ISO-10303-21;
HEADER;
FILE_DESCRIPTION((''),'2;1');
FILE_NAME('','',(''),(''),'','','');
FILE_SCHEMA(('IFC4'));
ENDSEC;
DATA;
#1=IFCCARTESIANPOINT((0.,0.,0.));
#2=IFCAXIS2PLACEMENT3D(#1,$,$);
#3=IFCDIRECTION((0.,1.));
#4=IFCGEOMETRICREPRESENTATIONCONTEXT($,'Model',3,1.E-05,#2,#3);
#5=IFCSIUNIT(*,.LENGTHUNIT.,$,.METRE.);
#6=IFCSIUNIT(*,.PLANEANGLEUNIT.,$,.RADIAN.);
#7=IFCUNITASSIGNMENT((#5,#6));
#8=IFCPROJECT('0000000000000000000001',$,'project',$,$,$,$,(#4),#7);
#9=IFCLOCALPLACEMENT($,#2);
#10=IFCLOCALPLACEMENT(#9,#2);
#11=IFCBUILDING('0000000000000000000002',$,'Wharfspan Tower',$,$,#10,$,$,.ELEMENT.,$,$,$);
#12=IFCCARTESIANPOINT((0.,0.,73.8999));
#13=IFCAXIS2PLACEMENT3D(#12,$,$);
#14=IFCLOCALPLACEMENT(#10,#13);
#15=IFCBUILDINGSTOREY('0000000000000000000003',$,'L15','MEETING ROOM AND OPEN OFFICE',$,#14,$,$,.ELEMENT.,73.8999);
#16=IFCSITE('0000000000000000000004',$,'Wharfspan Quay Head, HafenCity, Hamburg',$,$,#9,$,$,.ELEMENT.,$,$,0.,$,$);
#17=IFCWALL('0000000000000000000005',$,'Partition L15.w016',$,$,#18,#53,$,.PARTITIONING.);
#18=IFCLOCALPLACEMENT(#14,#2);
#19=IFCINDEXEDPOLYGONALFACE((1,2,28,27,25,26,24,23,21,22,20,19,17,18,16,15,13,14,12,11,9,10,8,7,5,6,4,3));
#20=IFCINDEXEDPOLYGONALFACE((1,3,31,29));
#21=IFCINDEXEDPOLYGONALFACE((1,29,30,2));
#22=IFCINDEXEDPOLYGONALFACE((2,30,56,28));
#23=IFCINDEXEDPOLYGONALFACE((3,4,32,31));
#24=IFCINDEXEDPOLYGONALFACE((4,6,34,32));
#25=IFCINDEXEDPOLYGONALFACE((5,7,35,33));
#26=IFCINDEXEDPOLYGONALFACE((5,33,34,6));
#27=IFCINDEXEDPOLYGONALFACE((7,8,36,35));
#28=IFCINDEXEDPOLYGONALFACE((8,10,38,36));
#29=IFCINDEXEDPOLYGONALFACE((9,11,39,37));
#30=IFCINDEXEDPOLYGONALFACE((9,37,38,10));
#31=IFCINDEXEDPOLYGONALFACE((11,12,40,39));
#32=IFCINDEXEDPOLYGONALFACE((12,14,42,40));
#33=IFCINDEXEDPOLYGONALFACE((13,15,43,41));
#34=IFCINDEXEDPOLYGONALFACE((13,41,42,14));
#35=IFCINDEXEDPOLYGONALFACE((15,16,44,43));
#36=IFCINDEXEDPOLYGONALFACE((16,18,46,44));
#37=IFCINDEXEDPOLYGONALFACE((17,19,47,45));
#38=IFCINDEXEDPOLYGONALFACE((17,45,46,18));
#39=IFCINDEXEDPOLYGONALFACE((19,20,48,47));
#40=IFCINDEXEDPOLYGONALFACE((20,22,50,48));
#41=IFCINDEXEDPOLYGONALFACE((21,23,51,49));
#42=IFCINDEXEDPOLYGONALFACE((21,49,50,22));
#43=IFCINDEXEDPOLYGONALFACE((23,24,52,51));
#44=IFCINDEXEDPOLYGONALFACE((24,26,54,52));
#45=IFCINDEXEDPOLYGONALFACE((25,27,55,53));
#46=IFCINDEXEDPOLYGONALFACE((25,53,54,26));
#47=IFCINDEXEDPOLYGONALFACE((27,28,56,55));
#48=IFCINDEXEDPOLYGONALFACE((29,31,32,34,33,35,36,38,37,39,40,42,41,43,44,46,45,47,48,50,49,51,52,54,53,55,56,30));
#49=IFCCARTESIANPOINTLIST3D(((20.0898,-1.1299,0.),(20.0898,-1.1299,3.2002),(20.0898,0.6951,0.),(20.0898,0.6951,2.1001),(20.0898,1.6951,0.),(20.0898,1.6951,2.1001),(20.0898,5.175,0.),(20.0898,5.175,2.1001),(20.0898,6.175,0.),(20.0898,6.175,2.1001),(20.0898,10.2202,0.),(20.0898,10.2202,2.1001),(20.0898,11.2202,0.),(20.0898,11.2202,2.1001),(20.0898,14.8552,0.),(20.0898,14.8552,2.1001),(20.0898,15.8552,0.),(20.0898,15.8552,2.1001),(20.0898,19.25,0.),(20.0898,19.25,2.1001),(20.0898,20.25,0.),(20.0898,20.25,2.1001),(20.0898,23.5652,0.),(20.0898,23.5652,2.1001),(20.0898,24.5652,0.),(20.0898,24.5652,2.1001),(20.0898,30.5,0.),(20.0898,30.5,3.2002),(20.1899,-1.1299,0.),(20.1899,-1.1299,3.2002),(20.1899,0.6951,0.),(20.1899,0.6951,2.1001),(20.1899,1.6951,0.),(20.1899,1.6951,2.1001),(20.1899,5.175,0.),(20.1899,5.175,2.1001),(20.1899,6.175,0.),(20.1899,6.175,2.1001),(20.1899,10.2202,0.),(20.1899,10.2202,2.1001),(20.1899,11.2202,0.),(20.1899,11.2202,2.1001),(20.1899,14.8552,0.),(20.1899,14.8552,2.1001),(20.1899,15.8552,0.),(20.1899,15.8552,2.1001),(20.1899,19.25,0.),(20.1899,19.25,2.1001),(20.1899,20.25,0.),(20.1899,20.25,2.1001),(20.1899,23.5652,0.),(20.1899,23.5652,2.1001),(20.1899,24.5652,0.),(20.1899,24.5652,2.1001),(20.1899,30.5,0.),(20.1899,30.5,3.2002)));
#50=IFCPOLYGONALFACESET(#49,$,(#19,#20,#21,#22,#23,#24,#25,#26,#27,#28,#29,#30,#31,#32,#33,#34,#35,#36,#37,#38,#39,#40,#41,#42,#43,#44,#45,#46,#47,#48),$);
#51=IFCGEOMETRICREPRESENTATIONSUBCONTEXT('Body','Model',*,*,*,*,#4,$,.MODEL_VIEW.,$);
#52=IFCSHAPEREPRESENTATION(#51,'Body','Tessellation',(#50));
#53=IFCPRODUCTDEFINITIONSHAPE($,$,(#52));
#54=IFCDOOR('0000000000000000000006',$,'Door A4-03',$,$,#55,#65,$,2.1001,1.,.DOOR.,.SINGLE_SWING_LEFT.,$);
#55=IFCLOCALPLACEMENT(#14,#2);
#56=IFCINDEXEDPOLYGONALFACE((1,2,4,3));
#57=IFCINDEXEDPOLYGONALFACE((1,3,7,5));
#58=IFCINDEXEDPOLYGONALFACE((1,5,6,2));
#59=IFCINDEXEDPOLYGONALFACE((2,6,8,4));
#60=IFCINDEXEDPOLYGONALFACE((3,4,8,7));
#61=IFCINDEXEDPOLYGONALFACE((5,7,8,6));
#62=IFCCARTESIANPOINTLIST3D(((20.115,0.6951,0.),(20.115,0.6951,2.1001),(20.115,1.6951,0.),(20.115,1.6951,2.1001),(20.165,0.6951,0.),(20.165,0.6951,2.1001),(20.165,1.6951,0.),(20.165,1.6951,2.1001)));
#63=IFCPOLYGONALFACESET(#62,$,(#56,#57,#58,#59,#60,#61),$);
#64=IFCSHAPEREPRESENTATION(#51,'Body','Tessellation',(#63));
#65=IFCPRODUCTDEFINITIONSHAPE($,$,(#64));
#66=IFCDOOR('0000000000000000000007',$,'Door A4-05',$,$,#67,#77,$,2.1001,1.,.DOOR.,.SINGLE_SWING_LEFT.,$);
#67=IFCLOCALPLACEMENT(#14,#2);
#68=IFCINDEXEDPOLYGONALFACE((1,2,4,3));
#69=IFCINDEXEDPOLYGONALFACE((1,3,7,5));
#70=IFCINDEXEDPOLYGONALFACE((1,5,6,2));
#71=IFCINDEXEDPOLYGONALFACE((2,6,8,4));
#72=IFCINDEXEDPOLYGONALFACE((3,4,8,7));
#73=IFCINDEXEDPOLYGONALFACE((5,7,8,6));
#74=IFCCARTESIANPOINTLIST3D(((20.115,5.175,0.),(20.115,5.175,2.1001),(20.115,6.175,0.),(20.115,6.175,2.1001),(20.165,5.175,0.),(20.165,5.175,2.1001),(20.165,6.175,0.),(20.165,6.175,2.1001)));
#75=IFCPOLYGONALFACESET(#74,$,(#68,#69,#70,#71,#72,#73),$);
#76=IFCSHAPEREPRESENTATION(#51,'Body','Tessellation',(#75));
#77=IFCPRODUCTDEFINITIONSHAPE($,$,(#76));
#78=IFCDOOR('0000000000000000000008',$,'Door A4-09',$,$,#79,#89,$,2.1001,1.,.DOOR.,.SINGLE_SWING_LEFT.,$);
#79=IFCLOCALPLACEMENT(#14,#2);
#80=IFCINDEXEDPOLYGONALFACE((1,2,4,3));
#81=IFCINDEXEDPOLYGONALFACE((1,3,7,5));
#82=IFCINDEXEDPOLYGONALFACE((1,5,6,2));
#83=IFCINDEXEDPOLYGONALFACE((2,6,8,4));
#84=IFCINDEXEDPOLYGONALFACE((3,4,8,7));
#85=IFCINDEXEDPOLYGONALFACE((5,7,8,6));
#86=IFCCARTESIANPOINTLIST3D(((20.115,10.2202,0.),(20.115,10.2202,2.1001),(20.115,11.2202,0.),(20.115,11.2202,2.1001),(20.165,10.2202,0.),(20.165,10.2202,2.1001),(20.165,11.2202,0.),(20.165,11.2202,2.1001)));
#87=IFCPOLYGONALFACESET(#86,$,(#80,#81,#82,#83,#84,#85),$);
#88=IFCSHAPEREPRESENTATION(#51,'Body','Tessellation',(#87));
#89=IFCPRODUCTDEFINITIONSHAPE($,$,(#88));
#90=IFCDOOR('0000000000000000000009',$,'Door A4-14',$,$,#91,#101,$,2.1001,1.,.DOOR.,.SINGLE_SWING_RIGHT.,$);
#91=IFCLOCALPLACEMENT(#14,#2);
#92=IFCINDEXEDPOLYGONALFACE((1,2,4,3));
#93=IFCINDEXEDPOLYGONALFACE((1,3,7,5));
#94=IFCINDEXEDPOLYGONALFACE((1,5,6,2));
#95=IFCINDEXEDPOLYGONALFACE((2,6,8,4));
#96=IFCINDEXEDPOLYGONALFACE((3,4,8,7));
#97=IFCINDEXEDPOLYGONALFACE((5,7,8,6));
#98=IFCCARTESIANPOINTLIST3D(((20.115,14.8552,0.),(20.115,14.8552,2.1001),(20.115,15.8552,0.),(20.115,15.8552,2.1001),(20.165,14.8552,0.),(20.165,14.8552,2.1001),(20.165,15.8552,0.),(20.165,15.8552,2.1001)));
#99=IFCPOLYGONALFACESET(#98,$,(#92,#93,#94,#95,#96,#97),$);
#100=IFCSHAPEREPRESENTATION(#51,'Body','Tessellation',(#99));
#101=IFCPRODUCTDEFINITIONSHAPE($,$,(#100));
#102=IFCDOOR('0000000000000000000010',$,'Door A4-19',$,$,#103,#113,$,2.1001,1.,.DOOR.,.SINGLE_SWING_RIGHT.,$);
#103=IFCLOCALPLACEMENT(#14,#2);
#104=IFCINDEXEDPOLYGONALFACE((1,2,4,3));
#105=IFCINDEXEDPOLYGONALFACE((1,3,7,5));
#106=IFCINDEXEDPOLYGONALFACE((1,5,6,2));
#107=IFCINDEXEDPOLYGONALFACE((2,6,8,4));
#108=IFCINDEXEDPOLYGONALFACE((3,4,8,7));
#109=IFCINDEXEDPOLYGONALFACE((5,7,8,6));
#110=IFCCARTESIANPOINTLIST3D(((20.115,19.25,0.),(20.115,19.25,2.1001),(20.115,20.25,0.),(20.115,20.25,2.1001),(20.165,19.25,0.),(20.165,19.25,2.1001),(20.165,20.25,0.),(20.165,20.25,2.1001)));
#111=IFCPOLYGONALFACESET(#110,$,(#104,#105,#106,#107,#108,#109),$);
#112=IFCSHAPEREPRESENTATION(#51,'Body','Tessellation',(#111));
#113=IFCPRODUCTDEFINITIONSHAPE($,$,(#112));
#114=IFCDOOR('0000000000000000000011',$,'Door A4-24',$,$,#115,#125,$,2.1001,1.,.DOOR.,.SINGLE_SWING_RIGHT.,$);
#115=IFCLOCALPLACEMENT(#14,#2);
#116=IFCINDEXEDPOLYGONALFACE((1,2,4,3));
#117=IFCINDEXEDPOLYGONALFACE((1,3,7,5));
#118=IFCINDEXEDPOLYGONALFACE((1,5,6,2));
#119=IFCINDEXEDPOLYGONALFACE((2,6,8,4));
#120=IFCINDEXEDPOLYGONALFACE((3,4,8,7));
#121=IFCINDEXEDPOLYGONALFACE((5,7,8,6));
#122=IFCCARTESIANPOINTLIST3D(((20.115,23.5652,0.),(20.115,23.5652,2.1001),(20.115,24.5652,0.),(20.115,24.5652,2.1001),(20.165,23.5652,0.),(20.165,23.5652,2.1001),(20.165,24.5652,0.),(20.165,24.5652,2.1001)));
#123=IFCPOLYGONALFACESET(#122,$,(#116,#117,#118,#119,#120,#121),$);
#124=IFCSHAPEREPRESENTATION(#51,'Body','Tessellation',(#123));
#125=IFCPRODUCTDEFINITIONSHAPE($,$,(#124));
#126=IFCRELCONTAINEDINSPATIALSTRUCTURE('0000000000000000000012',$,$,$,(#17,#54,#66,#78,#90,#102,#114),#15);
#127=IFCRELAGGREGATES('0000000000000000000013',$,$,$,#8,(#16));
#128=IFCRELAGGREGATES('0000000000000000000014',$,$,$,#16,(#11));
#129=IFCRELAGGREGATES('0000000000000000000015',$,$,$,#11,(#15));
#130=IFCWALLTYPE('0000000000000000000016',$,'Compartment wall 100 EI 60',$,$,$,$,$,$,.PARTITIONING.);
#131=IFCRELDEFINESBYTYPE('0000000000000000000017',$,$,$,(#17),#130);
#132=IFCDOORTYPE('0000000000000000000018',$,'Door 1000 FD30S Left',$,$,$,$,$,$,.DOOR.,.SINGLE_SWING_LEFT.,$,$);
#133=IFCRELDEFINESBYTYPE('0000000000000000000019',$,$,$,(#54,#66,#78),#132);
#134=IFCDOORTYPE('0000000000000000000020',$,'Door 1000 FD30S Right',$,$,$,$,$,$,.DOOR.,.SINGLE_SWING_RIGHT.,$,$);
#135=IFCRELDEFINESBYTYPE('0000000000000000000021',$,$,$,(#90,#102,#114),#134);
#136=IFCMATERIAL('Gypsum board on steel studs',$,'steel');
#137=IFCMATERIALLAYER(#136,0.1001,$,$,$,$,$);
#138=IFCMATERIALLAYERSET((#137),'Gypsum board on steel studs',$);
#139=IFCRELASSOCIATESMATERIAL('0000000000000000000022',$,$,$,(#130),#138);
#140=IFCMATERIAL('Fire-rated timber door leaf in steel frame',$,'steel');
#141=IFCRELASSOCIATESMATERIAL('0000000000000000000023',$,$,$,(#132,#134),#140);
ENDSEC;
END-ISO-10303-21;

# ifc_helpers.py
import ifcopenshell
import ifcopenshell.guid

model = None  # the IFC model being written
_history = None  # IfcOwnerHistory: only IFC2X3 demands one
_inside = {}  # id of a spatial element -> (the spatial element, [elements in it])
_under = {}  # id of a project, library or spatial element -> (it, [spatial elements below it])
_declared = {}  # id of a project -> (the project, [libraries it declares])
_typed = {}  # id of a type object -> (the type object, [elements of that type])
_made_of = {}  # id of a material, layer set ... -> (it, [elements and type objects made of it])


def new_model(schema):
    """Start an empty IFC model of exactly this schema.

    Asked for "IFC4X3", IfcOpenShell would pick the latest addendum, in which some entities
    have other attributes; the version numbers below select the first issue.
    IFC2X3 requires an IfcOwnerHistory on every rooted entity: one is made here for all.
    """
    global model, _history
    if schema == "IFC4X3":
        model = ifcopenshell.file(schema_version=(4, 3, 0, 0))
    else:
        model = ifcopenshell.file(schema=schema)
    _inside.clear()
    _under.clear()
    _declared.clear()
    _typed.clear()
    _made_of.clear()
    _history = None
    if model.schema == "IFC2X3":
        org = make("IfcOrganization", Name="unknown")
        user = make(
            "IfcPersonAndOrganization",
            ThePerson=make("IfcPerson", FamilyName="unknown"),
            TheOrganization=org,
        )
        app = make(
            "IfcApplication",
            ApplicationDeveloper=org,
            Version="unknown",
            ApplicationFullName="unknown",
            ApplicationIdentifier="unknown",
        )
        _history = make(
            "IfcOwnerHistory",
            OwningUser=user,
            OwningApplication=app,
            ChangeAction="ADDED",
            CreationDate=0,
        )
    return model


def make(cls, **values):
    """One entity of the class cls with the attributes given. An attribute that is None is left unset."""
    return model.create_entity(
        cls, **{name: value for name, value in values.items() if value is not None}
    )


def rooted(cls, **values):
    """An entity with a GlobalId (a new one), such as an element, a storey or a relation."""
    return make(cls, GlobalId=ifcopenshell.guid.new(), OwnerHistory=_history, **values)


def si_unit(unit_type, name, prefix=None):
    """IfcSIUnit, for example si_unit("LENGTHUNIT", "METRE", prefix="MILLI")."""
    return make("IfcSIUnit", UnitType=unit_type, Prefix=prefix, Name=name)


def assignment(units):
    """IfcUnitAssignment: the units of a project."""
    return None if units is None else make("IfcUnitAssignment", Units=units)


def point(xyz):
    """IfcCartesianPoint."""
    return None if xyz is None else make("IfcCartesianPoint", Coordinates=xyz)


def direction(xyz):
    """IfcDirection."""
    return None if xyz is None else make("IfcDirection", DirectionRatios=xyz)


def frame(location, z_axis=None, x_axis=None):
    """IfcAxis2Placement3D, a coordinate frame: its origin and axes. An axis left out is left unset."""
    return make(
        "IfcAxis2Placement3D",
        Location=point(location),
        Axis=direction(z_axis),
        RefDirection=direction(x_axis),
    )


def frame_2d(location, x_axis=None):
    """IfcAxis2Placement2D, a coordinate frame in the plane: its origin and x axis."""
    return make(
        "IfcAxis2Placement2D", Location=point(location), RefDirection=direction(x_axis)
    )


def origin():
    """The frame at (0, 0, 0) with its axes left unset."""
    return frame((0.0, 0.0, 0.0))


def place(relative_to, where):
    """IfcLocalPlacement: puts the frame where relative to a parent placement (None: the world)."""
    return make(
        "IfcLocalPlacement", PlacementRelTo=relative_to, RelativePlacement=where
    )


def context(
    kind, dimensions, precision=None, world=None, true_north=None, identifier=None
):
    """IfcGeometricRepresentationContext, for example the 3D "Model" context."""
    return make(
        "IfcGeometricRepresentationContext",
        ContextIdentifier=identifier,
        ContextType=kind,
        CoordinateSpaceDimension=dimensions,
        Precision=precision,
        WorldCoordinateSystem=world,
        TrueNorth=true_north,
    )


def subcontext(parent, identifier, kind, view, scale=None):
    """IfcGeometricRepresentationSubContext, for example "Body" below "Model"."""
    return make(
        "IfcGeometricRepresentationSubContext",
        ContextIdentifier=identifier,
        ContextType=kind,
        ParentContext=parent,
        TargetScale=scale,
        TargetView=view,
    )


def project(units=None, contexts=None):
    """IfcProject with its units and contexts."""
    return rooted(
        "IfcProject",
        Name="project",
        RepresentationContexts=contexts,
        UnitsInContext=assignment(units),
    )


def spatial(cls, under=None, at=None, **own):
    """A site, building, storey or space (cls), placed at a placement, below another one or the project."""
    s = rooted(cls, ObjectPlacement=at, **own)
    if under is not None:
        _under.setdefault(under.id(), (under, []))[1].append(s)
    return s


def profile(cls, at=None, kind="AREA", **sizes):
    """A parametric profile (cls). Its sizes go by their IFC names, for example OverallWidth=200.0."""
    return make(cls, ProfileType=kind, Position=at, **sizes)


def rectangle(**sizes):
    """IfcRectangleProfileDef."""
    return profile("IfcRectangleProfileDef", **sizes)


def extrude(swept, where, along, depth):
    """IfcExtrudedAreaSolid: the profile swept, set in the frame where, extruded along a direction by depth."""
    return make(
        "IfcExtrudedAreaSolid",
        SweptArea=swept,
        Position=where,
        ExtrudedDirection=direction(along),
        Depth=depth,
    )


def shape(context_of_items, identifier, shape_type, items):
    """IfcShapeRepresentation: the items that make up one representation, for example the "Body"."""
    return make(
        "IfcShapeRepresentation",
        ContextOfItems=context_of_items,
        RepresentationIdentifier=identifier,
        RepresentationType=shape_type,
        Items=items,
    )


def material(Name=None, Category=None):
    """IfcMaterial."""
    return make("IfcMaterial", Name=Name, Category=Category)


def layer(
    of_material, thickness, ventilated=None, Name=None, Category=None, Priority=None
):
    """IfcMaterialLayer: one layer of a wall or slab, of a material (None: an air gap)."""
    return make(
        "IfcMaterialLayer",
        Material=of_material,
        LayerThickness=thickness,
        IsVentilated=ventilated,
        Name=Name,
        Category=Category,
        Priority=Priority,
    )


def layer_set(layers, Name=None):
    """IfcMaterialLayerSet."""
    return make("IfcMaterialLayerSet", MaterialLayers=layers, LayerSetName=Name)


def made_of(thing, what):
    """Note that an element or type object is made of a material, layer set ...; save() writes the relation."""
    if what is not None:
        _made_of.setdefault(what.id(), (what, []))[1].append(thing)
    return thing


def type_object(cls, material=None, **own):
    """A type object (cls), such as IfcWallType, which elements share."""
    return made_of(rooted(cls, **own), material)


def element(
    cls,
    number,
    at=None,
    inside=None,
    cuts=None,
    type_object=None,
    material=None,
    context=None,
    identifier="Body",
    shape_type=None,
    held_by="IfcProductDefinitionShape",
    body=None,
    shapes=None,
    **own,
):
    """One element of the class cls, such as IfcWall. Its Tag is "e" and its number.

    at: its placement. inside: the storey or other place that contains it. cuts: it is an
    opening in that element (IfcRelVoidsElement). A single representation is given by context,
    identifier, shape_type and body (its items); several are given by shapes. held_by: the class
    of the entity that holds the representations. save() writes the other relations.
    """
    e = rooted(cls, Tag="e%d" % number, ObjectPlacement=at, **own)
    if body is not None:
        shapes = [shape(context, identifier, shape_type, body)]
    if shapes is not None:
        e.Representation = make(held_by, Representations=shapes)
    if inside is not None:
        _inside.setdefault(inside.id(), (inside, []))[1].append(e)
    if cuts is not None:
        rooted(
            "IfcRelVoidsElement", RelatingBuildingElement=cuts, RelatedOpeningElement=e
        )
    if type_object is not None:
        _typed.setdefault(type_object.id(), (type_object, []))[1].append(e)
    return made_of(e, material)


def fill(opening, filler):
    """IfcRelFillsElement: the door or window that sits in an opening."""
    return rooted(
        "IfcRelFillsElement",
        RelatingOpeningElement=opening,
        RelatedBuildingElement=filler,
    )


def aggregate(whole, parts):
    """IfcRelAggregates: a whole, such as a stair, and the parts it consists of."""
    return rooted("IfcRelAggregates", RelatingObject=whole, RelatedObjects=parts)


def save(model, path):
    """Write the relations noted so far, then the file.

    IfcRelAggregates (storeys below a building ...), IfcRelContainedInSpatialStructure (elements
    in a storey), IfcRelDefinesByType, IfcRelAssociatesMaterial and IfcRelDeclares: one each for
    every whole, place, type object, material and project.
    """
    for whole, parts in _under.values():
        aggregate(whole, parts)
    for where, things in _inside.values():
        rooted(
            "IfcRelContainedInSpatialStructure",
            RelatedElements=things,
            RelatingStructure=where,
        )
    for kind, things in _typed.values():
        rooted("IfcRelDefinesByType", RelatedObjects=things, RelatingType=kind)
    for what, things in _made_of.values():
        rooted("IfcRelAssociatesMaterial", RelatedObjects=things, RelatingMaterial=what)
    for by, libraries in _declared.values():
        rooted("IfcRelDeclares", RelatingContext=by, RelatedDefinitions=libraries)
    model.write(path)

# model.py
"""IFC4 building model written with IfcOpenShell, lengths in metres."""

from ifc_helpers import new_model, si_unit, direction, frame, frame_2d, origin, place, context, subcontext, project, spatial, rectangle, extrude, material, layer, layer_set, type_object, element, fill, save


model = new_model("IFC4")

# Units and contexts
model_context = context("Model", 3, precision=1e-05, world=origin(), true_north=direction((0.0, 1.0)))
body_context = subcontext(model_context, "Body", "Model", "MODEL_VIEW")
ifc_project = project(units=[si_unit("LENGTHUNIT", "METRE"), si_unit("PLANEANGLEUNIT", "RADIAN")], contexts=[model_context])

# Site, building, storey
site_placement = place(None, origin())
site = spatial("IfcSite", under=ifc_project, at=site_placement, Name="Wharfspan Quay Head, HafenCity, Hamburg", CompositionType="ELEMENT", RefElevation=0.0)
building_placement = place(site_placement, origin())
building = spatial("IfcBuilding", under=site, at=building_placement, Name="Wharfspan Tower", CompositionType="ELEMENT")
storey_placement = place(building_placement, frame((0.0, 0.0, 73.8999)))
storey = spatial("IfcBuildingStorey", under=building, at=storey_placement, Name="L15", Description="MEETING ROOM AND OPEN OFFICE", CompositionType="ELEMENT", Elevation=73.8999)

# Wall, openings, doors
ifc_material_1 = material(Name="Gypsum board on steel studs", Category="steel")
ifc_layer_1 = layer(ifc_material_1, 0.1001)
ifc_layer_set_1 = layer_set([ifc_layer_1], Name="Gypsum board on steel studs")
wall_type = type_object("IfcWallType", Name="Compartment wall 100 EI 60", PredefinedType="PARTITIONING", material=ifc_layer_set_1)
wall_1_placement = place(storey_placement, frame((20.1399, -1.1299, 0.0), z_axis=(0.0, 0.0, 1.0), x_axis=(0.0, 1.0, 0.0)))
wall_1 = element("IfcWall", 1, at=wall_1_placement, inside=storey, type_object=wall_type, Name="Partition L15.w016", PredefinedType="PARTITIONING", context=body_context, shape_type="SweptSolid", body=[
    extrude(rectangle(XDim=31.6299, YDim=0.1001, at=frame_2d((15.8149, 0.0))), origin(), (0.0, 0.0, 1.0), 3.2002),
])
opening_1_placement = place(wall_1_placement, frame((1.825, 0.0, 0.0)))
opening_1 = element("IfcOpeningElement", 2, at=opening_1_placement, cuts=wall_1, PredefinedType="OPENING", context=body_context, shape_type="SweptSolid", body=[
    extrude(rectangle(XDim=1.0, YDim=2.1001, at=frame_2d((0.5, 1.05))), frame((0.0, 0.0601, 0.0), z_axis=(0.0, -1.0, 0.0), x_axis=(1.0, 0.0, 0.0)), (0.0, 0.0, 1.0), 0.1201),
])
opening_2_placement = place(wall_1_placement, frame((6.3049, 0.0, 0.0)))
opening_2 = element("IfcOpeningElement", 3, at=opening_2_placement, cuts=wall_1, PredefinedType="OPENING", context=body_context, shape_type="SweptSolid", body=[
    extrude(rectangle(XDim=1.0, YDim=2.1001, at=frame_2d((0.5, 1.05))), frame((0.0, 0.0601, 0.0), z_axis=(0.0, -1.0, 0.0), x_axis=(1.0, 0.0, 0.0)), (0.0, 0.0, 1.0), 0.1201),
])
opening_3_placement = place(wall_1_placement, frame((11.3501, 0.0, 0.0)))
opening_3 = element("IfcOpeningElement", 4, at=opening_3_placement, cuts=wall_1, PredefinedType="OPENING", context=body_context, shape_type="SweptSolid", body=[
    extrude(rectangle(XDim=1.0, YDim=2.1001, at=frame_2d((0.5, 1.05))), frame((0.0, 0.0601, 0.0), z_axis=(0.0, -1.0, 0.0), x_axis=(1.0, 0.0, 0.0)), (0.0, 0.0, 1.0), 0.1201),
])
opening_4_placement = place(wall_1_placement, frame((15.9851, 0.0, 0.0)))
opening_4 = element("IfcOpeningElement", 5, at=opening_4_placement, cuts=wall_1, PredefinedType="OPENING", context=body_context, shape_type="SweptSolid", body=[
    extrude(rectangle(XDim=1.0, YDim=2.1001, at=frame_2d((0.5, 1.05))), frame((0.0, 0.0601, 0.0), z_axis=(0.0, -1.0, 0.0), x_axis=(1.0, 0.0, 0.0)), (0.0, 0.0, 1.0), 0.1201),
])
opening_5_placement = place(wall_1_placement, frame((20.3799, 0.0, 0.0)))
opening_5 = element("IfcOpeningElement", 6, at=opening_5_placement, cuts=wall_1, PredefinedType="OPENING", context=body_context, shape_type="SweptSolid", body=[
    extrude(rectangle(XDim=1.0, YDim=2.1001, at=frame_2d((0.5, 1.05))), frame((0.0, 0.0601, 0.0), z_axis=(0.0, -1.0, 0.0), x_axis=(1.0, 0.0, 0.0)), (0.0, 0.0, 1.0), 0.1201),
])
opening_6_placement = place(wall_1_placement, frame((24.6951, 0.0, 0.0)))
opening_6 = element("IfcOpeningElement", 7, at=opening_6_placement, cuts=wall_1, PredefinedType="OPENING", context=body_context, shape_type="SweptSolid", body=[
    extrude(rectangle(XDim=1.0, YDim=2.1001, at=frame_2d((0.5, 1.05))), frame((0.0, 0.0601, 0.0), z_axis=(0.0, -1.0, 0.0), x_axis=(1.0, 0.0, 0.0)), (0.0, 0.0, 1.0), 0.1201),
])
ifc_material_2 = material(Name="Fire-rated timber door leaf in steel frame", Category="steel")
door_type_1 = type_object("IfcDoorType", Name="Door 1000 FD30S Left", OperationType="SINGLE_SWING_LEFT", PredefinedType="DOOR", material=ifc_material_2)
door_1_placement = place(opening_1_placement, origin())
door_1 = element("IfcDoor", 8, at=door_1_placement, inside=storey, type_object=door_type_1, Name="Door A4-03", OperationType="SINGLE_SWING_LEFT", OverallHeight=2.1001, OverallWidth=1.0, PredefinedType="DOOR", context=body_context, shape_type="SweptSolid", body=[
    extrude(rectangle(XDim=1.0, YDim=2.1001, at=frame_2d((0.5, 1.05))), frame((0.0, 0.0249, 0.0), z_axis=(0.0, -1.0, 0.0), x_axis=(1.0, 0.0, 0.0)), (0.0, 0.0, 1.0), 0.05),
])
fill(opening_1, door_1)
door_2_placement = place(opening_2_placement, origin())
door_2 = element("IfcDoor", 9, at=door_2_placement, inside=storey, type_object=door_type_1, Name="Door A4-05", OperationType="SINGLE_SWING_LEFT", OverallHeight=2.1001, OverallWidth=1.0, PredefinedType="DOOR", context=body_context, shape_type="SweptSolid", body=[
    extrude(rectangle(XDim=1.0, YDim=2.1001, at=frame_2d((0.5, 1.05))), frame((0.0, 0.0249, 0.0), z_axis=(0.0, -1.0, 0.0), x_axis=(1.0, 0.0, 0.0)), (0.0, 0.0, 1.0), 0.05),
])
fill(opening_2, door_2)
door_3_placement = place(opening_3_placement, origin())
door_3 = element("IfcDoor", 10, at=door_3_placement, inside=storey, type_object=door_type_1, Name="Door A4-09", OperationType="SINGLE_SWING_LEFT", OverallHeight=2.1001, OverallWidth=1.0, PredefinedType="DOOR", context=body_context, shape_type="SweptSolid", body=[
    extrude(rectangle(XDim=1.0, YDim=2.1001, at=frame_2d((0.5, 1.05))), frame((0.0, 0.0249, 0.0), z_axis=(0.0, -1.0, 0.0), x_axis=(1.0, 0.0, 0.0)), (0.0, 0.0, 1.0), 0.05),
])
fill(opening_3, door_3)
door_type_2 = type_object("IfcDoorType", Name="Door 1000 FD30S Right", OperationType="SINGLE_SWING_RIGHT", PredefinedType="DOOR", material=ifc_material_2)
door_4_placement = place(opening_4_placement, origin())
door_4 = element("IfcDoor", 11, at=door_4_placement, inside=storey, type_object=door_type_2, Name="Door A4-14", OperationType="SINGLE_SWING_RIGHT", OverallHeight=2.1001, OverallWidth=1.0, PredefinedType="DOOR", context=body_context, shape_type="SweptSolid", body=[
    extrude(rectangle(XDim=1.0, YDim=2.1001, at=frame_2d((0.5, 1.05))), frame((0.0, 0.0249, 0.0), z_axis=(0.0, -1.0, 0.0), x_axis=(1.0, 0.0, 0.0)), (0.0, 0.0, 1.0), 0.05),
])
fill(opening_4, door_4)
door_5_placement = place(opening_5_placement, origin())
door_5 = element("IfcDoor", 12, at=door_5_placement, inside=storey, type_object=door_type_2, Name="Door A4-19", OperationType="SINGLE_SWING_RIGHT", OverallHeight=2.1001, OverallWidth=1.0, PredefinedType="DOOR", context=body_context, shape_type="SweptSolid", body=[
    extrude(rectangle(XDim=1.0, YDim=2.1001, at=frame_2d((0.5, 1.05))), frame((0.0, 0.0249, 0.0), z_axis=(0.0, -1.0, 0.0), x_axis=(1.0, 0.0, 0.0)), (0.0, 0.0, 1.0), 0.05),
])
fill(opening_5, door_5)
door_6_placement = place(opening_6_placement, origin())
door_6 = element("IfcDoor", 13, at=door_6_placement, inside=storey, type_object=door_type_2, Name="Door A4-24", OperationType="SINGLE_SWING_RIGHT", OverallHeight=2.1001, OverallWidth=1.0, PredefinedType="DOOR", context=body_context, shape_type="SweptSolid", body=[
    extrude(rectangle(XDim=1.0, YDim=2.1001, at=frame_2d((0.5, 1.05))), frame((0.0, 0.0249, 0.0), z_axis=(0.0, -1.0, 0.0), x_axis=(1.0, 0.0, 0.0)), (0.0, 0.0, 1.0), 0.05),
])
fill(opening_6, door_6)

save(model, "model.ifc")
